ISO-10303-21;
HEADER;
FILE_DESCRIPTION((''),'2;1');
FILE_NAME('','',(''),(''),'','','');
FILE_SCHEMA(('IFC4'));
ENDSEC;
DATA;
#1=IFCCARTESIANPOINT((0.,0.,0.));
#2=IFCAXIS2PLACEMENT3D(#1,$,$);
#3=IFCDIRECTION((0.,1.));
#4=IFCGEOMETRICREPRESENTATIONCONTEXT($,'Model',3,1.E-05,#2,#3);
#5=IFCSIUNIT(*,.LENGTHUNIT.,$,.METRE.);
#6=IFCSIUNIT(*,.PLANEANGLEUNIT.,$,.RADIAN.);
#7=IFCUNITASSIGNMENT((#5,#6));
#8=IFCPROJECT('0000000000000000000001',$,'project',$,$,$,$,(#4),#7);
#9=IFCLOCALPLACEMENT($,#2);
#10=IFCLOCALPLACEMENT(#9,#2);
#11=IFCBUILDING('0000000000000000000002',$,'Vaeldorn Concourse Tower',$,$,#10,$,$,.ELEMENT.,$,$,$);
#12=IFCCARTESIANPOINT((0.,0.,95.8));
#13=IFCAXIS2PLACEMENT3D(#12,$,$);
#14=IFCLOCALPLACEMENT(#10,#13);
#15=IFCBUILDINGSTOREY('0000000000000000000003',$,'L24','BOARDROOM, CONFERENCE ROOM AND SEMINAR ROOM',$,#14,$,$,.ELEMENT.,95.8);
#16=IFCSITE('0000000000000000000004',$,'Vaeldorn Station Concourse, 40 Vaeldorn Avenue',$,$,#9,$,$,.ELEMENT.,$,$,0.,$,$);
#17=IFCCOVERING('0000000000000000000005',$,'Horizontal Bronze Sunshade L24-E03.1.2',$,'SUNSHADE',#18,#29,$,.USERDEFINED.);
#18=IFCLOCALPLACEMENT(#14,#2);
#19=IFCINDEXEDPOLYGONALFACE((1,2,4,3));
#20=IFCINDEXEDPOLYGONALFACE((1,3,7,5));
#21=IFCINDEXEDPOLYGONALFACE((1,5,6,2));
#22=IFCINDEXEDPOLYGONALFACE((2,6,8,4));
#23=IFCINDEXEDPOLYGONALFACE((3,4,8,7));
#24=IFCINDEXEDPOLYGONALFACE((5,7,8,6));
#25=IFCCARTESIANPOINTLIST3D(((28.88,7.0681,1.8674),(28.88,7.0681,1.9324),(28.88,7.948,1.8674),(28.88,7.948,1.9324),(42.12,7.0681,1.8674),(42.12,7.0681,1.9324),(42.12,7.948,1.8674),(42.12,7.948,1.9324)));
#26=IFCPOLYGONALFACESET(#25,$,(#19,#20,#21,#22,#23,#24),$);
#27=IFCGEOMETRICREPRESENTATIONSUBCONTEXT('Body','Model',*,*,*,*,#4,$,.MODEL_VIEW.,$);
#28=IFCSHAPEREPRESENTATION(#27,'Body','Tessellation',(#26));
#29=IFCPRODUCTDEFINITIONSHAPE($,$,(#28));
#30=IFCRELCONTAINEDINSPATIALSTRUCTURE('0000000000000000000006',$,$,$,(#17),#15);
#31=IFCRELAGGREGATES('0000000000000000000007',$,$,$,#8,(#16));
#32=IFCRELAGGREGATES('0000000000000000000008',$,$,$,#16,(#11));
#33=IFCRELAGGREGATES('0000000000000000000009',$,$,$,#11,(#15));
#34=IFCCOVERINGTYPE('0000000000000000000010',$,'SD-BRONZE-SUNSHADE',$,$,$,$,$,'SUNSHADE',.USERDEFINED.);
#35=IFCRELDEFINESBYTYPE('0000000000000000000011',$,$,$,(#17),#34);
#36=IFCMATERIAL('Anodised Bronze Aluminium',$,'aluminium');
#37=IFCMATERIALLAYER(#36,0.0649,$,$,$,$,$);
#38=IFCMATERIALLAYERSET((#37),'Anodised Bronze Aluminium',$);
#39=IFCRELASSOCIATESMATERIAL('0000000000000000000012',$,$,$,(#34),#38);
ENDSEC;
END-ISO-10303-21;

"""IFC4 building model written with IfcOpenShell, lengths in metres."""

from ifc_helpers import new_model, si_unit, direction, frame, origin, origin_2d, place, context, subcontext, project, spatial, rectangle, extrude, source, transform, mapped, material, layer, layer_set, type_object, element, save


model = new_model("IFC4")

# Units and contexts
model_context = context("Model", 3, precision=1e-05, world=origin(), true_north=direction((0.0, 1.0)))
body_context = subcontext(model_context, "Body", "Model", "MODEL_VIEW")
ifc_project = project(units=[si_unit("LENGTHUNIT", "METRE"), si_unit("PLANEANGLEUNIT", "RADIAN")], contexts=[model_context])

# Site, building, storey
site_placement = place(None, origin())
site = spatial("IfcSite", under=ifc_project, at=site_placement, Name="Vaeldorn Station Concourse, 40 Vaeldorn Avenue", CompositionType="ELEMENT", RefElevation=0.0)
building_placement = place(site_placement, origin())
building = spatial("IfcBuilding", under=site, at=building_placement, Name="Vaeldorn Concourse Tower", CompositionType="ELEMENT")
storey_placement = place(building_placement, frame((0.0, 0.0, 95.8)))
storey = spatial("IfcBuildingStorey", under=building, at=storey_placement, Name="L24", Description="BOARDROOM, CONFERENCE ROOM AND SEMINAR ROOM", CompositionType="ELEMENT", Elevation=95.8)

# Shared definitions
ifc_material_1 = material(Name="Anodised Bronze Aluminium", Category="aluminium")

# Covering
ifc_layer_1 = layer(ifc_material_1, 0.0649)
ifc_layer_set_1 = layer_set([ifc_layer_1], Name="Anodised Bronze Aluminium")
covering_type = type_object("IfcCoveringType", Name="SD-BRONZE-SUNSHADE", ElementType="SUNSHADE", PredefinedType="USERDEFINED", material=ifc_layer_set_1)
shared_shape_1 = source(origin(), body_context, "Body", "SweptSolid", [
    extrude(rectangle(XDim=13.24, YDim=0.8799, at=origin_2d()), origin(), (0.0, 0.0, 1.0), 0.0649),
])
for number, where, z_axis, x_axis, name in (
    (1, (35.5, 7.5081, 1.8674), (0.0, 0.0, 1.0), (1.0, 0.0, 0.0), "Horizontal Bronze Sunshade L24-E03.1.2"),
):
    element("IfcCovering", number, at=place(storey_placement, frame(where, z_axis=z_axis, x_axis=x_axis)), inside=storey, type_object=covering_type, Name=name, ObjectType="SUNSHADE", PredefinedType="USERDEFINED", context=body_context, shape_type="MappedRepresentation", body=[
        mapped(shared_shape_1, transform((0.0, 0.0, 0.0), scale=1.0)),
    ])

save(model, "model.ifc")
